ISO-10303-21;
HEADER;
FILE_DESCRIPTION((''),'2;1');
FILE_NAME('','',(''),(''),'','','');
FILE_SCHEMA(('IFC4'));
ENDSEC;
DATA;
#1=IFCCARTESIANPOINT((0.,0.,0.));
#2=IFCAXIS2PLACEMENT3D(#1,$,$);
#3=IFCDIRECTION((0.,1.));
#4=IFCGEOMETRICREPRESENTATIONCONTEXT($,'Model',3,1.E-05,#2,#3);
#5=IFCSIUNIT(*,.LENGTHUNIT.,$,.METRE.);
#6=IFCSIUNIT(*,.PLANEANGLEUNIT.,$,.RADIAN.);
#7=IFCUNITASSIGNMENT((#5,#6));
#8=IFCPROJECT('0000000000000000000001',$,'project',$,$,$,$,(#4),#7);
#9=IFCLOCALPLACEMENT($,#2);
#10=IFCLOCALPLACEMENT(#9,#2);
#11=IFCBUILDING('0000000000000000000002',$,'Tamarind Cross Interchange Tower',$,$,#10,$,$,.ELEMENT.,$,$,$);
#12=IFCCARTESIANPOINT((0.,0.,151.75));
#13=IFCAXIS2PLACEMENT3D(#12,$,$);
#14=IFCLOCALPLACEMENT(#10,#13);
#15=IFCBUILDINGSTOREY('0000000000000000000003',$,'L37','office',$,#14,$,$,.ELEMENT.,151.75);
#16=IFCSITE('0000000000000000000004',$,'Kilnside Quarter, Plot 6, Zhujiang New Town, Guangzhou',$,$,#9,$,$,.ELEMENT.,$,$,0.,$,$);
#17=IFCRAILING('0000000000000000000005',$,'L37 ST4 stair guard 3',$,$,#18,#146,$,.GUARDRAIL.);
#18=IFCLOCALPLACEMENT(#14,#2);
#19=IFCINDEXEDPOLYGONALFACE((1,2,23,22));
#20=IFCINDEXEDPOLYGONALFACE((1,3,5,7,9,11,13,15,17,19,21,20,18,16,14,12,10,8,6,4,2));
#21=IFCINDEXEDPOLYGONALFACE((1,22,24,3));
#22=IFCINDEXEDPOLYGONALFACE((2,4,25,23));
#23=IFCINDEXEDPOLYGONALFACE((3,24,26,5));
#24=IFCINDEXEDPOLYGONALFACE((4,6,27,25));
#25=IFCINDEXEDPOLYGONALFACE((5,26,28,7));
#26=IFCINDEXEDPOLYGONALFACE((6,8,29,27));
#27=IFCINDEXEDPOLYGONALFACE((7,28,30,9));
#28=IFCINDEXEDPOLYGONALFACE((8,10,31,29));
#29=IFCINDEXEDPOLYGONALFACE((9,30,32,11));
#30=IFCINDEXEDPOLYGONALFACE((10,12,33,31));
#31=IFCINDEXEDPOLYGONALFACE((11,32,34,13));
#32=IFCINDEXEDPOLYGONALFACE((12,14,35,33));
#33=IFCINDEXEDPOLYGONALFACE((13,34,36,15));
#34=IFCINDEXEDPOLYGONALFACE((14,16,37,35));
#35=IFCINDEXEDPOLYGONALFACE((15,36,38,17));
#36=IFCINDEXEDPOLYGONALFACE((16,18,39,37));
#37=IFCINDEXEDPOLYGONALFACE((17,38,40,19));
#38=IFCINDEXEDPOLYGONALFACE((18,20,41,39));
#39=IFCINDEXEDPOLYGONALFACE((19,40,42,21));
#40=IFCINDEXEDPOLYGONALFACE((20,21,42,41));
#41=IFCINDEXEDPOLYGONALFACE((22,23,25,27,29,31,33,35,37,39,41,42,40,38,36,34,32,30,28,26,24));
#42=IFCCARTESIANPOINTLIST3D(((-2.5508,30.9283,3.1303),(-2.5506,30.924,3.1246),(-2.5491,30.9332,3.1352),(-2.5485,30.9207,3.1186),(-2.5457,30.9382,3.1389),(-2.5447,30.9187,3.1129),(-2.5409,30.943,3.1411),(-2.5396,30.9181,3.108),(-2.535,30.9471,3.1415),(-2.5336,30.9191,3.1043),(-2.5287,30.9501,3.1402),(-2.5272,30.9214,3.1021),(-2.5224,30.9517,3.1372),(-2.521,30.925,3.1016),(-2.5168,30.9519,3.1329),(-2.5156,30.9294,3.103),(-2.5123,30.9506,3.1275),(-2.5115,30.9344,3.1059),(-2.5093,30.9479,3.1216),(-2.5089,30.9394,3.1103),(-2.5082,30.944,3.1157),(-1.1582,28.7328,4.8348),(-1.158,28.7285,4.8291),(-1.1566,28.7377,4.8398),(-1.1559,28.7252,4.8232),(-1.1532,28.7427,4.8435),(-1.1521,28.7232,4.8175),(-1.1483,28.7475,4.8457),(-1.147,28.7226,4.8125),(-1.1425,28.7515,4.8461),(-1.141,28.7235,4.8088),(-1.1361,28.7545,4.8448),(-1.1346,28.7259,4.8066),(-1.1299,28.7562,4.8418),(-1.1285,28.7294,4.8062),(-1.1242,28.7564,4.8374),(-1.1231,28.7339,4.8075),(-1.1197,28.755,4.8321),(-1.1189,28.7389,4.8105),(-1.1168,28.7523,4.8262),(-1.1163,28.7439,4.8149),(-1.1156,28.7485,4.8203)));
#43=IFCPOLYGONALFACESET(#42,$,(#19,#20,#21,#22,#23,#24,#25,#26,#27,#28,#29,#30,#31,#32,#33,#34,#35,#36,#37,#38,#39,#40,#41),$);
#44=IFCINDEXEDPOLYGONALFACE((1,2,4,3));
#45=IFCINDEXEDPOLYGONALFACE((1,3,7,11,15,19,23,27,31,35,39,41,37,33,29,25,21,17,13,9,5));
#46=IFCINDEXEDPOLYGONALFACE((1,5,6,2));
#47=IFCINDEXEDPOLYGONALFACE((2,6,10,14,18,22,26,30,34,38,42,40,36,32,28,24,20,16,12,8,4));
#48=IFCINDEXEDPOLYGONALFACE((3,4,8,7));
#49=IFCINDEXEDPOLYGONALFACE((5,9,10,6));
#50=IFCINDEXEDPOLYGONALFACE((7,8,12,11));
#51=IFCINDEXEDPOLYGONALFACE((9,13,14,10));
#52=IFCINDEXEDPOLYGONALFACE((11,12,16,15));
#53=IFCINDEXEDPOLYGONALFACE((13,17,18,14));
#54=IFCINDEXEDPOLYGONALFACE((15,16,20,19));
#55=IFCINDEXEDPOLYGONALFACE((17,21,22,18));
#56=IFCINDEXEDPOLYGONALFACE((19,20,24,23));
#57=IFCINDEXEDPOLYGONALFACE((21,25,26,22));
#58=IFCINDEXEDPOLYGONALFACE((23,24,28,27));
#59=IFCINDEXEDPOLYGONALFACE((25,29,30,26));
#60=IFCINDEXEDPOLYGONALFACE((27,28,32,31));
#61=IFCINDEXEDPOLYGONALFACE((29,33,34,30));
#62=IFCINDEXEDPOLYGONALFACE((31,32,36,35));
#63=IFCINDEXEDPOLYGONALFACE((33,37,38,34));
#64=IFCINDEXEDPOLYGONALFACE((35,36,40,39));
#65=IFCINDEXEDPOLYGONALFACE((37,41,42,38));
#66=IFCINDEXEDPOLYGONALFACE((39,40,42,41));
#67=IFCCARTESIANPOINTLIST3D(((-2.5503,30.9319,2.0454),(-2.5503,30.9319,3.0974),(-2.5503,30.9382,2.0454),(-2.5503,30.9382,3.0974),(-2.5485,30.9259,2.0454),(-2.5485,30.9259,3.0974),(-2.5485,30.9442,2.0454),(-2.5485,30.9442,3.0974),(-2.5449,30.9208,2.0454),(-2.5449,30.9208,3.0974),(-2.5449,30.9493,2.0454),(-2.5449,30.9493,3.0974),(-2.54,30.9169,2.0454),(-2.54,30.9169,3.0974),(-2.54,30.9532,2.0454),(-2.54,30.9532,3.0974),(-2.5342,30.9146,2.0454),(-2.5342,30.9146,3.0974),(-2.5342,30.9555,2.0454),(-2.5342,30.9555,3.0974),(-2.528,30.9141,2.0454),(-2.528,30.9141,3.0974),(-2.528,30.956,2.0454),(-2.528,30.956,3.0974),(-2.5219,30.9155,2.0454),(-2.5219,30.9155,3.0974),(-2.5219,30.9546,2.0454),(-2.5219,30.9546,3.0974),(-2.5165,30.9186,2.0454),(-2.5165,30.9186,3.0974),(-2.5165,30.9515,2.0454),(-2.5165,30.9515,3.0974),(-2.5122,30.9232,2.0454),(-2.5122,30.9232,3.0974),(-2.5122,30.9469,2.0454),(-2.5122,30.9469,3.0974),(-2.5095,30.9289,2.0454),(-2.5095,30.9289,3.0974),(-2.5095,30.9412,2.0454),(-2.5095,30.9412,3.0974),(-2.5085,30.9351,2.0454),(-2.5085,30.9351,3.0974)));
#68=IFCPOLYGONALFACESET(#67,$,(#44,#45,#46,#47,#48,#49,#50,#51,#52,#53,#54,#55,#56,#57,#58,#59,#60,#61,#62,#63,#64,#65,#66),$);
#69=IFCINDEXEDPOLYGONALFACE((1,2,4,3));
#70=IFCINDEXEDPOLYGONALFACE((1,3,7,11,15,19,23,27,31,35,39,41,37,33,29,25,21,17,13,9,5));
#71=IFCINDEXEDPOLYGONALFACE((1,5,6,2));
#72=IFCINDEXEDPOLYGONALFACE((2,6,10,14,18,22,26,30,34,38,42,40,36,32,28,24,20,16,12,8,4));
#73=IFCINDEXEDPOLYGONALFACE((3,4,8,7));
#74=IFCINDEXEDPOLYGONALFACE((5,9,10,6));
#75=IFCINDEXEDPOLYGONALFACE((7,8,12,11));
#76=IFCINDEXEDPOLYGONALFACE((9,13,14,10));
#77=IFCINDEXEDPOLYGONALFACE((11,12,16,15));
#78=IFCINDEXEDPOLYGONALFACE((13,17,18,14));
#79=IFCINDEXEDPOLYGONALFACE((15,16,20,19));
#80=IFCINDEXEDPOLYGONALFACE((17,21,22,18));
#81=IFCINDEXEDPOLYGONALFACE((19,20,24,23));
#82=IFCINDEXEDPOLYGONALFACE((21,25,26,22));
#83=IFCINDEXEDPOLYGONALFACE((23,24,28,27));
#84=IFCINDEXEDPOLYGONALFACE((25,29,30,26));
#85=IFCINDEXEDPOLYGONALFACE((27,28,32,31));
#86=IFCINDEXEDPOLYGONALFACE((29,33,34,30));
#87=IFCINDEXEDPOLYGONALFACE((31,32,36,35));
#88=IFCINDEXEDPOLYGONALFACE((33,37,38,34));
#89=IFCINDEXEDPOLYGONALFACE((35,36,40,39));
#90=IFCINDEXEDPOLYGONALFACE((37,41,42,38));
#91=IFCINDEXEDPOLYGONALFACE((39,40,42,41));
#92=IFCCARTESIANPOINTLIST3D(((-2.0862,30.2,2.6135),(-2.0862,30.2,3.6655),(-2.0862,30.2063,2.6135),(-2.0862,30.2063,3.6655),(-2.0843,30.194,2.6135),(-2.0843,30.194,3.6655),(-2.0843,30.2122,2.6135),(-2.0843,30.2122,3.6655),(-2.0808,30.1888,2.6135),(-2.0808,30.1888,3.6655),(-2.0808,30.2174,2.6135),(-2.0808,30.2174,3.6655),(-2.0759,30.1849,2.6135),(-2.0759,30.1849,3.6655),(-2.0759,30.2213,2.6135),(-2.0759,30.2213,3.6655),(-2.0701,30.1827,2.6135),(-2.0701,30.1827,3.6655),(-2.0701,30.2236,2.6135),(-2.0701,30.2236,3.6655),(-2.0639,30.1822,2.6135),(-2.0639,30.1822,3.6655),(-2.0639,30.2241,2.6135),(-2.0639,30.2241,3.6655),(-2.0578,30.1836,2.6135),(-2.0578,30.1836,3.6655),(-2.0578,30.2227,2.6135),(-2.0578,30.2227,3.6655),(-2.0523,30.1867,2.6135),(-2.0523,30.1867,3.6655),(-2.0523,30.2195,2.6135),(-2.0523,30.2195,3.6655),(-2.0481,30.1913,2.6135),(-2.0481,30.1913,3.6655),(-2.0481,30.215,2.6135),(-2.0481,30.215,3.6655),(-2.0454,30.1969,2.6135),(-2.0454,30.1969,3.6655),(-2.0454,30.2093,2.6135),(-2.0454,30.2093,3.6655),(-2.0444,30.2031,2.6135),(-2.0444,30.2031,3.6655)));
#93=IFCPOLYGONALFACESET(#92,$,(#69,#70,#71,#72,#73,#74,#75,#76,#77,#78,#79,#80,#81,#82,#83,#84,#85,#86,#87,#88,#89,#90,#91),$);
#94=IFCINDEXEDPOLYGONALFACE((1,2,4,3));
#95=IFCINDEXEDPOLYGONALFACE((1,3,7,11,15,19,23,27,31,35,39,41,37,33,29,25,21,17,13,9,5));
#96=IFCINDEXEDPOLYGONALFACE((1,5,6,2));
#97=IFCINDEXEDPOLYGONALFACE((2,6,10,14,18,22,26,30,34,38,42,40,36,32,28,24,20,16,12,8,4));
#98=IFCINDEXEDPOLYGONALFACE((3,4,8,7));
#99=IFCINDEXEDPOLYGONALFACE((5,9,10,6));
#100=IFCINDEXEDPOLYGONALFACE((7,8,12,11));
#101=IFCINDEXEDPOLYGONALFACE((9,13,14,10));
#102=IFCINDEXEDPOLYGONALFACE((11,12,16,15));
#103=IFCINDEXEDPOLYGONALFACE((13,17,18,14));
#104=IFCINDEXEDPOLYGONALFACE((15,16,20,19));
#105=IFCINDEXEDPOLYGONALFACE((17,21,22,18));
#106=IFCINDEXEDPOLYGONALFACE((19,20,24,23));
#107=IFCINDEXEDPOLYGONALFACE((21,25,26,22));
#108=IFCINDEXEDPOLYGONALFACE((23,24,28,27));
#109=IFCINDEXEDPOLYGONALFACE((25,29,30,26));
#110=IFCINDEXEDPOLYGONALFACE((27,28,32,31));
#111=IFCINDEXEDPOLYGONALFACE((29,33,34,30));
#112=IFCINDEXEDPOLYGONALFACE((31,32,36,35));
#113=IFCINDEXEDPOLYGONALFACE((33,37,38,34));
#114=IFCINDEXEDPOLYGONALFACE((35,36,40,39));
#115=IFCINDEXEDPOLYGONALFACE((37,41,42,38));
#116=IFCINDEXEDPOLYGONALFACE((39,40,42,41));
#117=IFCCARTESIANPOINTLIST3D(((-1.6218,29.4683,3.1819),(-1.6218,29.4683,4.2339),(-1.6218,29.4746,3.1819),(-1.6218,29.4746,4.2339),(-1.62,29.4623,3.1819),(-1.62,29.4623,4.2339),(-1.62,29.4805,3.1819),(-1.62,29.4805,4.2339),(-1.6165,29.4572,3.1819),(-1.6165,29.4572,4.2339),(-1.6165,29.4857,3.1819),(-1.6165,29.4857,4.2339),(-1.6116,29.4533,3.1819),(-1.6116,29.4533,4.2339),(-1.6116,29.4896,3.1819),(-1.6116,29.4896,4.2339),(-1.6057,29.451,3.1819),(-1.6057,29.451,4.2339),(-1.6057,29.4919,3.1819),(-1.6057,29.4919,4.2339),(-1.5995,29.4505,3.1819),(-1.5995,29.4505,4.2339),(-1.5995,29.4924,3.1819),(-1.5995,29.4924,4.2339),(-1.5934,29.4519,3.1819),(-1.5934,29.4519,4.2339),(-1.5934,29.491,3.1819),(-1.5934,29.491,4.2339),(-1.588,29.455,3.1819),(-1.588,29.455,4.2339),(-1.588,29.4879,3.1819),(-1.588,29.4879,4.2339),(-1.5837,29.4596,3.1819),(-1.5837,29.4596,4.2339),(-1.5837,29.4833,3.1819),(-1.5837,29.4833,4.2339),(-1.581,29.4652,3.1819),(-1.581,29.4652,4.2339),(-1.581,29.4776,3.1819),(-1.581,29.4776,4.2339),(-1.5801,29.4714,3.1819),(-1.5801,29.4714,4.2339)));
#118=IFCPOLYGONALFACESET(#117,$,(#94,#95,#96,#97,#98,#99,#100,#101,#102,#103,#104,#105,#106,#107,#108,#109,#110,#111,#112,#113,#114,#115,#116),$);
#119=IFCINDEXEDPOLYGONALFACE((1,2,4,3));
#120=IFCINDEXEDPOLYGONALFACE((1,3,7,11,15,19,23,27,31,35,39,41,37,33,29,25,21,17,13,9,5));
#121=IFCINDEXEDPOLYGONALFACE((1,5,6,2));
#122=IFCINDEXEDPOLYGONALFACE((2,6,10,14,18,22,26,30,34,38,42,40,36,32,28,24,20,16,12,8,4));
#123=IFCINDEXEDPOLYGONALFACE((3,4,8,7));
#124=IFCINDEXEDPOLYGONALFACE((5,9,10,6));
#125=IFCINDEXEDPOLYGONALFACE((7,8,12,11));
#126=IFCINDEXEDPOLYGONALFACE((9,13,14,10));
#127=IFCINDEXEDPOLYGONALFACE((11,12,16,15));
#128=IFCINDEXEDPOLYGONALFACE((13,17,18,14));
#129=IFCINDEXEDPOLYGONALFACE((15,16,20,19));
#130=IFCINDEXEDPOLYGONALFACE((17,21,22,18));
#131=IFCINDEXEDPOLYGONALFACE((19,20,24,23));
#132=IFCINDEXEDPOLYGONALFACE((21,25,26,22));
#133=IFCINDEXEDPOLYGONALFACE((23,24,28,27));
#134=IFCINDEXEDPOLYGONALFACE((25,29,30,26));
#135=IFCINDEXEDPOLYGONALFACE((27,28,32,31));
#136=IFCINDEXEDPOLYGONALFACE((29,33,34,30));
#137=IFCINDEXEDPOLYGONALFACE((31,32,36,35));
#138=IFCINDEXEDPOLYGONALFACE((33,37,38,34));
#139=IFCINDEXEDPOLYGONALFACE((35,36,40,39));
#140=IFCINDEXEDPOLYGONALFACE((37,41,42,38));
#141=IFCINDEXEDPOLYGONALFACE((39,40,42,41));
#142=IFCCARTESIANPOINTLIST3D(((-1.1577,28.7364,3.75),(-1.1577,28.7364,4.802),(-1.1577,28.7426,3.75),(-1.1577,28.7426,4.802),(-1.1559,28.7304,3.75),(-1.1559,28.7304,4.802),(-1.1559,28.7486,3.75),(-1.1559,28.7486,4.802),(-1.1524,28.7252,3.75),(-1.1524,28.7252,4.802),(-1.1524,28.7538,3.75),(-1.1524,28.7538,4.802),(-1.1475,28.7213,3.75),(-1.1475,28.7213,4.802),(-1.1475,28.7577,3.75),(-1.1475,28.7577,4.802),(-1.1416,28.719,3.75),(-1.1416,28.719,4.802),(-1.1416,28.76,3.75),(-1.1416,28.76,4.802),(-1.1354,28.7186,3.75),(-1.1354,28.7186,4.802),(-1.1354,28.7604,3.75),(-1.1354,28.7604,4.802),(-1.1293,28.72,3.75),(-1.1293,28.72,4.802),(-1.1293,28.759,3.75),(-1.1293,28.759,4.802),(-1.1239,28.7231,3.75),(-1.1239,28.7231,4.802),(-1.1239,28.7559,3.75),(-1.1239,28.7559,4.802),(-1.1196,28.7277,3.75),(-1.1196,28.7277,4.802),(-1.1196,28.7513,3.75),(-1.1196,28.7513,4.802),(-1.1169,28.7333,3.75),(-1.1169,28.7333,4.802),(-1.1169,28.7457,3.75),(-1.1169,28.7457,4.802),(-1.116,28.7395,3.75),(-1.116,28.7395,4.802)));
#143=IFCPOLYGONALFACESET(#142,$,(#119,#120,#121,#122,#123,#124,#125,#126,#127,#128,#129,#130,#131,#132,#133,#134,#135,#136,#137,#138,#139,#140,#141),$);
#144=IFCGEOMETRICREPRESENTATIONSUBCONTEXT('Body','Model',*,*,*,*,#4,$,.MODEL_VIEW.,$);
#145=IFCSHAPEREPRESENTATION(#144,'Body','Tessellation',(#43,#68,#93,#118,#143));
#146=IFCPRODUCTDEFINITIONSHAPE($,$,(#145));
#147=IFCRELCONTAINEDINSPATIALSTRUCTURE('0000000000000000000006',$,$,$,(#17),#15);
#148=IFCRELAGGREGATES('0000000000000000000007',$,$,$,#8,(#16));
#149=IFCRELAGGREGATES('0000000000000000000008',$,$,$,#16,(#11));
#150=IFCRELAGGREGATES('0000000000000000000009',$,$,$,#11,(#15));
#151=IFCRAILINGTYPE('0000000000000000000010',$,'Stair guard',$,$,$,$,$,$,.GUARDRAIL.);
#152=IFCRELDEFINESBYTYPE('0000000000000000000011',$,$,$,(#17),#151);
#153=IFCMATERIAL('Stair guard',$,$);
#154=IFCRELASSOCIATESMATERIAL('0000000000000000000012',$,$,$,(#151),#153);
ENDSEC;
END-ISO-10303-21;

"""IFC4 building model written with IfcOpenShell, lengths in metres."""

from ifc_helpers import new_model, si_unit, direction, frame, origin, origin_2d, place, context, subcontext, project, spatial, circle, extrude, material, type_object, element, save


model = new_model("IFC4")

# Units and contexts
model_context = context("Model", 3, precision=1e-05, world=origin(), true_north=direction((0.0, 1.0)))
body_context = subcontext(model_context, "Body", "Model", "MODEL_VIEW")
ifc_project = project(units=[si_unit("LENGTHUNIT", "METRE"), si_unit("PLANEANGLEUNIT", "RADIAN")], contexts=[model_context])

# Site, building, storey
site_placement = place(None, origin())
site = spatial("IfcSite", under=ifc_project, at=site_placement, Name="Kilnside Quarter, Plot 6, Zhujiang New Town, Guangzhou", CompositionType="ELEMENT", RefElevation=0.0)
building_placement = place(site_placement, origin())
building = spatial("IfcBuilding", under=site, at=building_placement, Name="Tamarind Cross Interchange Tower", CompositionType="ELEMENT")
storey_placement = place(building_placement, frame((0.0, 0.0, 151.75)))
storey = spatial("IfcBuildingStorey", under=building, at=storey_placement, Name="L37", Description="office", CompositionType="ELEMENT", Elevation=151.75)

# Railing
ifc_material_1 = material(Name="Stair guard")
railing_type = type_object("IfcRailingType", Name="Stair guard", PredefinedType="GUARDRAIL", material=ifc_material_1)
railing_1_placement = place(storey_placement, frame((-2.5295, 30.9351, 2.0454)))
element("IfcRailing", 1, at=railing_1_placement, inside=storey, type_object=railing_type, Name="L37 ST4 stair guard 3", PredefinedType="GUARDRAIL", context=body_context, shape_type="SweptSolid", body=[
    extrude(circle(Radius=0.0239, at=origin_2d()), frame((0.0, 0.0, 1.0762), z_axis=(0.44793, -0.706213, 0.54829), x_axis=(0.844461, 0.535617, 0.0)), (0.0, 0.0, 1.0), 3.1089),
    extrude(circle(Radius=0.021, at=origin_2d()), origin(), (0.0, 0.0, 1.0), 1.052),
    extrude(circle(Radius=0.021, at=origin_2d()), frame((0.4641, -0.7319, 0.5681)), (0.0, 0.0, 1.0), 1.052),
    extrude(circle(Radius=0.021, at=origin_2d()), frame((0.9285, -1.4636, 1.1365)), (0.0, 0.0, 1.0), 1.052),
    extrude(circle(Radius=0.021, at=origin_2d()), frame((1.3926, -2.1956, 1.7046)), (0.0, 0.0, 1.0), 1.052),
])

save(model, "model.ifc")
